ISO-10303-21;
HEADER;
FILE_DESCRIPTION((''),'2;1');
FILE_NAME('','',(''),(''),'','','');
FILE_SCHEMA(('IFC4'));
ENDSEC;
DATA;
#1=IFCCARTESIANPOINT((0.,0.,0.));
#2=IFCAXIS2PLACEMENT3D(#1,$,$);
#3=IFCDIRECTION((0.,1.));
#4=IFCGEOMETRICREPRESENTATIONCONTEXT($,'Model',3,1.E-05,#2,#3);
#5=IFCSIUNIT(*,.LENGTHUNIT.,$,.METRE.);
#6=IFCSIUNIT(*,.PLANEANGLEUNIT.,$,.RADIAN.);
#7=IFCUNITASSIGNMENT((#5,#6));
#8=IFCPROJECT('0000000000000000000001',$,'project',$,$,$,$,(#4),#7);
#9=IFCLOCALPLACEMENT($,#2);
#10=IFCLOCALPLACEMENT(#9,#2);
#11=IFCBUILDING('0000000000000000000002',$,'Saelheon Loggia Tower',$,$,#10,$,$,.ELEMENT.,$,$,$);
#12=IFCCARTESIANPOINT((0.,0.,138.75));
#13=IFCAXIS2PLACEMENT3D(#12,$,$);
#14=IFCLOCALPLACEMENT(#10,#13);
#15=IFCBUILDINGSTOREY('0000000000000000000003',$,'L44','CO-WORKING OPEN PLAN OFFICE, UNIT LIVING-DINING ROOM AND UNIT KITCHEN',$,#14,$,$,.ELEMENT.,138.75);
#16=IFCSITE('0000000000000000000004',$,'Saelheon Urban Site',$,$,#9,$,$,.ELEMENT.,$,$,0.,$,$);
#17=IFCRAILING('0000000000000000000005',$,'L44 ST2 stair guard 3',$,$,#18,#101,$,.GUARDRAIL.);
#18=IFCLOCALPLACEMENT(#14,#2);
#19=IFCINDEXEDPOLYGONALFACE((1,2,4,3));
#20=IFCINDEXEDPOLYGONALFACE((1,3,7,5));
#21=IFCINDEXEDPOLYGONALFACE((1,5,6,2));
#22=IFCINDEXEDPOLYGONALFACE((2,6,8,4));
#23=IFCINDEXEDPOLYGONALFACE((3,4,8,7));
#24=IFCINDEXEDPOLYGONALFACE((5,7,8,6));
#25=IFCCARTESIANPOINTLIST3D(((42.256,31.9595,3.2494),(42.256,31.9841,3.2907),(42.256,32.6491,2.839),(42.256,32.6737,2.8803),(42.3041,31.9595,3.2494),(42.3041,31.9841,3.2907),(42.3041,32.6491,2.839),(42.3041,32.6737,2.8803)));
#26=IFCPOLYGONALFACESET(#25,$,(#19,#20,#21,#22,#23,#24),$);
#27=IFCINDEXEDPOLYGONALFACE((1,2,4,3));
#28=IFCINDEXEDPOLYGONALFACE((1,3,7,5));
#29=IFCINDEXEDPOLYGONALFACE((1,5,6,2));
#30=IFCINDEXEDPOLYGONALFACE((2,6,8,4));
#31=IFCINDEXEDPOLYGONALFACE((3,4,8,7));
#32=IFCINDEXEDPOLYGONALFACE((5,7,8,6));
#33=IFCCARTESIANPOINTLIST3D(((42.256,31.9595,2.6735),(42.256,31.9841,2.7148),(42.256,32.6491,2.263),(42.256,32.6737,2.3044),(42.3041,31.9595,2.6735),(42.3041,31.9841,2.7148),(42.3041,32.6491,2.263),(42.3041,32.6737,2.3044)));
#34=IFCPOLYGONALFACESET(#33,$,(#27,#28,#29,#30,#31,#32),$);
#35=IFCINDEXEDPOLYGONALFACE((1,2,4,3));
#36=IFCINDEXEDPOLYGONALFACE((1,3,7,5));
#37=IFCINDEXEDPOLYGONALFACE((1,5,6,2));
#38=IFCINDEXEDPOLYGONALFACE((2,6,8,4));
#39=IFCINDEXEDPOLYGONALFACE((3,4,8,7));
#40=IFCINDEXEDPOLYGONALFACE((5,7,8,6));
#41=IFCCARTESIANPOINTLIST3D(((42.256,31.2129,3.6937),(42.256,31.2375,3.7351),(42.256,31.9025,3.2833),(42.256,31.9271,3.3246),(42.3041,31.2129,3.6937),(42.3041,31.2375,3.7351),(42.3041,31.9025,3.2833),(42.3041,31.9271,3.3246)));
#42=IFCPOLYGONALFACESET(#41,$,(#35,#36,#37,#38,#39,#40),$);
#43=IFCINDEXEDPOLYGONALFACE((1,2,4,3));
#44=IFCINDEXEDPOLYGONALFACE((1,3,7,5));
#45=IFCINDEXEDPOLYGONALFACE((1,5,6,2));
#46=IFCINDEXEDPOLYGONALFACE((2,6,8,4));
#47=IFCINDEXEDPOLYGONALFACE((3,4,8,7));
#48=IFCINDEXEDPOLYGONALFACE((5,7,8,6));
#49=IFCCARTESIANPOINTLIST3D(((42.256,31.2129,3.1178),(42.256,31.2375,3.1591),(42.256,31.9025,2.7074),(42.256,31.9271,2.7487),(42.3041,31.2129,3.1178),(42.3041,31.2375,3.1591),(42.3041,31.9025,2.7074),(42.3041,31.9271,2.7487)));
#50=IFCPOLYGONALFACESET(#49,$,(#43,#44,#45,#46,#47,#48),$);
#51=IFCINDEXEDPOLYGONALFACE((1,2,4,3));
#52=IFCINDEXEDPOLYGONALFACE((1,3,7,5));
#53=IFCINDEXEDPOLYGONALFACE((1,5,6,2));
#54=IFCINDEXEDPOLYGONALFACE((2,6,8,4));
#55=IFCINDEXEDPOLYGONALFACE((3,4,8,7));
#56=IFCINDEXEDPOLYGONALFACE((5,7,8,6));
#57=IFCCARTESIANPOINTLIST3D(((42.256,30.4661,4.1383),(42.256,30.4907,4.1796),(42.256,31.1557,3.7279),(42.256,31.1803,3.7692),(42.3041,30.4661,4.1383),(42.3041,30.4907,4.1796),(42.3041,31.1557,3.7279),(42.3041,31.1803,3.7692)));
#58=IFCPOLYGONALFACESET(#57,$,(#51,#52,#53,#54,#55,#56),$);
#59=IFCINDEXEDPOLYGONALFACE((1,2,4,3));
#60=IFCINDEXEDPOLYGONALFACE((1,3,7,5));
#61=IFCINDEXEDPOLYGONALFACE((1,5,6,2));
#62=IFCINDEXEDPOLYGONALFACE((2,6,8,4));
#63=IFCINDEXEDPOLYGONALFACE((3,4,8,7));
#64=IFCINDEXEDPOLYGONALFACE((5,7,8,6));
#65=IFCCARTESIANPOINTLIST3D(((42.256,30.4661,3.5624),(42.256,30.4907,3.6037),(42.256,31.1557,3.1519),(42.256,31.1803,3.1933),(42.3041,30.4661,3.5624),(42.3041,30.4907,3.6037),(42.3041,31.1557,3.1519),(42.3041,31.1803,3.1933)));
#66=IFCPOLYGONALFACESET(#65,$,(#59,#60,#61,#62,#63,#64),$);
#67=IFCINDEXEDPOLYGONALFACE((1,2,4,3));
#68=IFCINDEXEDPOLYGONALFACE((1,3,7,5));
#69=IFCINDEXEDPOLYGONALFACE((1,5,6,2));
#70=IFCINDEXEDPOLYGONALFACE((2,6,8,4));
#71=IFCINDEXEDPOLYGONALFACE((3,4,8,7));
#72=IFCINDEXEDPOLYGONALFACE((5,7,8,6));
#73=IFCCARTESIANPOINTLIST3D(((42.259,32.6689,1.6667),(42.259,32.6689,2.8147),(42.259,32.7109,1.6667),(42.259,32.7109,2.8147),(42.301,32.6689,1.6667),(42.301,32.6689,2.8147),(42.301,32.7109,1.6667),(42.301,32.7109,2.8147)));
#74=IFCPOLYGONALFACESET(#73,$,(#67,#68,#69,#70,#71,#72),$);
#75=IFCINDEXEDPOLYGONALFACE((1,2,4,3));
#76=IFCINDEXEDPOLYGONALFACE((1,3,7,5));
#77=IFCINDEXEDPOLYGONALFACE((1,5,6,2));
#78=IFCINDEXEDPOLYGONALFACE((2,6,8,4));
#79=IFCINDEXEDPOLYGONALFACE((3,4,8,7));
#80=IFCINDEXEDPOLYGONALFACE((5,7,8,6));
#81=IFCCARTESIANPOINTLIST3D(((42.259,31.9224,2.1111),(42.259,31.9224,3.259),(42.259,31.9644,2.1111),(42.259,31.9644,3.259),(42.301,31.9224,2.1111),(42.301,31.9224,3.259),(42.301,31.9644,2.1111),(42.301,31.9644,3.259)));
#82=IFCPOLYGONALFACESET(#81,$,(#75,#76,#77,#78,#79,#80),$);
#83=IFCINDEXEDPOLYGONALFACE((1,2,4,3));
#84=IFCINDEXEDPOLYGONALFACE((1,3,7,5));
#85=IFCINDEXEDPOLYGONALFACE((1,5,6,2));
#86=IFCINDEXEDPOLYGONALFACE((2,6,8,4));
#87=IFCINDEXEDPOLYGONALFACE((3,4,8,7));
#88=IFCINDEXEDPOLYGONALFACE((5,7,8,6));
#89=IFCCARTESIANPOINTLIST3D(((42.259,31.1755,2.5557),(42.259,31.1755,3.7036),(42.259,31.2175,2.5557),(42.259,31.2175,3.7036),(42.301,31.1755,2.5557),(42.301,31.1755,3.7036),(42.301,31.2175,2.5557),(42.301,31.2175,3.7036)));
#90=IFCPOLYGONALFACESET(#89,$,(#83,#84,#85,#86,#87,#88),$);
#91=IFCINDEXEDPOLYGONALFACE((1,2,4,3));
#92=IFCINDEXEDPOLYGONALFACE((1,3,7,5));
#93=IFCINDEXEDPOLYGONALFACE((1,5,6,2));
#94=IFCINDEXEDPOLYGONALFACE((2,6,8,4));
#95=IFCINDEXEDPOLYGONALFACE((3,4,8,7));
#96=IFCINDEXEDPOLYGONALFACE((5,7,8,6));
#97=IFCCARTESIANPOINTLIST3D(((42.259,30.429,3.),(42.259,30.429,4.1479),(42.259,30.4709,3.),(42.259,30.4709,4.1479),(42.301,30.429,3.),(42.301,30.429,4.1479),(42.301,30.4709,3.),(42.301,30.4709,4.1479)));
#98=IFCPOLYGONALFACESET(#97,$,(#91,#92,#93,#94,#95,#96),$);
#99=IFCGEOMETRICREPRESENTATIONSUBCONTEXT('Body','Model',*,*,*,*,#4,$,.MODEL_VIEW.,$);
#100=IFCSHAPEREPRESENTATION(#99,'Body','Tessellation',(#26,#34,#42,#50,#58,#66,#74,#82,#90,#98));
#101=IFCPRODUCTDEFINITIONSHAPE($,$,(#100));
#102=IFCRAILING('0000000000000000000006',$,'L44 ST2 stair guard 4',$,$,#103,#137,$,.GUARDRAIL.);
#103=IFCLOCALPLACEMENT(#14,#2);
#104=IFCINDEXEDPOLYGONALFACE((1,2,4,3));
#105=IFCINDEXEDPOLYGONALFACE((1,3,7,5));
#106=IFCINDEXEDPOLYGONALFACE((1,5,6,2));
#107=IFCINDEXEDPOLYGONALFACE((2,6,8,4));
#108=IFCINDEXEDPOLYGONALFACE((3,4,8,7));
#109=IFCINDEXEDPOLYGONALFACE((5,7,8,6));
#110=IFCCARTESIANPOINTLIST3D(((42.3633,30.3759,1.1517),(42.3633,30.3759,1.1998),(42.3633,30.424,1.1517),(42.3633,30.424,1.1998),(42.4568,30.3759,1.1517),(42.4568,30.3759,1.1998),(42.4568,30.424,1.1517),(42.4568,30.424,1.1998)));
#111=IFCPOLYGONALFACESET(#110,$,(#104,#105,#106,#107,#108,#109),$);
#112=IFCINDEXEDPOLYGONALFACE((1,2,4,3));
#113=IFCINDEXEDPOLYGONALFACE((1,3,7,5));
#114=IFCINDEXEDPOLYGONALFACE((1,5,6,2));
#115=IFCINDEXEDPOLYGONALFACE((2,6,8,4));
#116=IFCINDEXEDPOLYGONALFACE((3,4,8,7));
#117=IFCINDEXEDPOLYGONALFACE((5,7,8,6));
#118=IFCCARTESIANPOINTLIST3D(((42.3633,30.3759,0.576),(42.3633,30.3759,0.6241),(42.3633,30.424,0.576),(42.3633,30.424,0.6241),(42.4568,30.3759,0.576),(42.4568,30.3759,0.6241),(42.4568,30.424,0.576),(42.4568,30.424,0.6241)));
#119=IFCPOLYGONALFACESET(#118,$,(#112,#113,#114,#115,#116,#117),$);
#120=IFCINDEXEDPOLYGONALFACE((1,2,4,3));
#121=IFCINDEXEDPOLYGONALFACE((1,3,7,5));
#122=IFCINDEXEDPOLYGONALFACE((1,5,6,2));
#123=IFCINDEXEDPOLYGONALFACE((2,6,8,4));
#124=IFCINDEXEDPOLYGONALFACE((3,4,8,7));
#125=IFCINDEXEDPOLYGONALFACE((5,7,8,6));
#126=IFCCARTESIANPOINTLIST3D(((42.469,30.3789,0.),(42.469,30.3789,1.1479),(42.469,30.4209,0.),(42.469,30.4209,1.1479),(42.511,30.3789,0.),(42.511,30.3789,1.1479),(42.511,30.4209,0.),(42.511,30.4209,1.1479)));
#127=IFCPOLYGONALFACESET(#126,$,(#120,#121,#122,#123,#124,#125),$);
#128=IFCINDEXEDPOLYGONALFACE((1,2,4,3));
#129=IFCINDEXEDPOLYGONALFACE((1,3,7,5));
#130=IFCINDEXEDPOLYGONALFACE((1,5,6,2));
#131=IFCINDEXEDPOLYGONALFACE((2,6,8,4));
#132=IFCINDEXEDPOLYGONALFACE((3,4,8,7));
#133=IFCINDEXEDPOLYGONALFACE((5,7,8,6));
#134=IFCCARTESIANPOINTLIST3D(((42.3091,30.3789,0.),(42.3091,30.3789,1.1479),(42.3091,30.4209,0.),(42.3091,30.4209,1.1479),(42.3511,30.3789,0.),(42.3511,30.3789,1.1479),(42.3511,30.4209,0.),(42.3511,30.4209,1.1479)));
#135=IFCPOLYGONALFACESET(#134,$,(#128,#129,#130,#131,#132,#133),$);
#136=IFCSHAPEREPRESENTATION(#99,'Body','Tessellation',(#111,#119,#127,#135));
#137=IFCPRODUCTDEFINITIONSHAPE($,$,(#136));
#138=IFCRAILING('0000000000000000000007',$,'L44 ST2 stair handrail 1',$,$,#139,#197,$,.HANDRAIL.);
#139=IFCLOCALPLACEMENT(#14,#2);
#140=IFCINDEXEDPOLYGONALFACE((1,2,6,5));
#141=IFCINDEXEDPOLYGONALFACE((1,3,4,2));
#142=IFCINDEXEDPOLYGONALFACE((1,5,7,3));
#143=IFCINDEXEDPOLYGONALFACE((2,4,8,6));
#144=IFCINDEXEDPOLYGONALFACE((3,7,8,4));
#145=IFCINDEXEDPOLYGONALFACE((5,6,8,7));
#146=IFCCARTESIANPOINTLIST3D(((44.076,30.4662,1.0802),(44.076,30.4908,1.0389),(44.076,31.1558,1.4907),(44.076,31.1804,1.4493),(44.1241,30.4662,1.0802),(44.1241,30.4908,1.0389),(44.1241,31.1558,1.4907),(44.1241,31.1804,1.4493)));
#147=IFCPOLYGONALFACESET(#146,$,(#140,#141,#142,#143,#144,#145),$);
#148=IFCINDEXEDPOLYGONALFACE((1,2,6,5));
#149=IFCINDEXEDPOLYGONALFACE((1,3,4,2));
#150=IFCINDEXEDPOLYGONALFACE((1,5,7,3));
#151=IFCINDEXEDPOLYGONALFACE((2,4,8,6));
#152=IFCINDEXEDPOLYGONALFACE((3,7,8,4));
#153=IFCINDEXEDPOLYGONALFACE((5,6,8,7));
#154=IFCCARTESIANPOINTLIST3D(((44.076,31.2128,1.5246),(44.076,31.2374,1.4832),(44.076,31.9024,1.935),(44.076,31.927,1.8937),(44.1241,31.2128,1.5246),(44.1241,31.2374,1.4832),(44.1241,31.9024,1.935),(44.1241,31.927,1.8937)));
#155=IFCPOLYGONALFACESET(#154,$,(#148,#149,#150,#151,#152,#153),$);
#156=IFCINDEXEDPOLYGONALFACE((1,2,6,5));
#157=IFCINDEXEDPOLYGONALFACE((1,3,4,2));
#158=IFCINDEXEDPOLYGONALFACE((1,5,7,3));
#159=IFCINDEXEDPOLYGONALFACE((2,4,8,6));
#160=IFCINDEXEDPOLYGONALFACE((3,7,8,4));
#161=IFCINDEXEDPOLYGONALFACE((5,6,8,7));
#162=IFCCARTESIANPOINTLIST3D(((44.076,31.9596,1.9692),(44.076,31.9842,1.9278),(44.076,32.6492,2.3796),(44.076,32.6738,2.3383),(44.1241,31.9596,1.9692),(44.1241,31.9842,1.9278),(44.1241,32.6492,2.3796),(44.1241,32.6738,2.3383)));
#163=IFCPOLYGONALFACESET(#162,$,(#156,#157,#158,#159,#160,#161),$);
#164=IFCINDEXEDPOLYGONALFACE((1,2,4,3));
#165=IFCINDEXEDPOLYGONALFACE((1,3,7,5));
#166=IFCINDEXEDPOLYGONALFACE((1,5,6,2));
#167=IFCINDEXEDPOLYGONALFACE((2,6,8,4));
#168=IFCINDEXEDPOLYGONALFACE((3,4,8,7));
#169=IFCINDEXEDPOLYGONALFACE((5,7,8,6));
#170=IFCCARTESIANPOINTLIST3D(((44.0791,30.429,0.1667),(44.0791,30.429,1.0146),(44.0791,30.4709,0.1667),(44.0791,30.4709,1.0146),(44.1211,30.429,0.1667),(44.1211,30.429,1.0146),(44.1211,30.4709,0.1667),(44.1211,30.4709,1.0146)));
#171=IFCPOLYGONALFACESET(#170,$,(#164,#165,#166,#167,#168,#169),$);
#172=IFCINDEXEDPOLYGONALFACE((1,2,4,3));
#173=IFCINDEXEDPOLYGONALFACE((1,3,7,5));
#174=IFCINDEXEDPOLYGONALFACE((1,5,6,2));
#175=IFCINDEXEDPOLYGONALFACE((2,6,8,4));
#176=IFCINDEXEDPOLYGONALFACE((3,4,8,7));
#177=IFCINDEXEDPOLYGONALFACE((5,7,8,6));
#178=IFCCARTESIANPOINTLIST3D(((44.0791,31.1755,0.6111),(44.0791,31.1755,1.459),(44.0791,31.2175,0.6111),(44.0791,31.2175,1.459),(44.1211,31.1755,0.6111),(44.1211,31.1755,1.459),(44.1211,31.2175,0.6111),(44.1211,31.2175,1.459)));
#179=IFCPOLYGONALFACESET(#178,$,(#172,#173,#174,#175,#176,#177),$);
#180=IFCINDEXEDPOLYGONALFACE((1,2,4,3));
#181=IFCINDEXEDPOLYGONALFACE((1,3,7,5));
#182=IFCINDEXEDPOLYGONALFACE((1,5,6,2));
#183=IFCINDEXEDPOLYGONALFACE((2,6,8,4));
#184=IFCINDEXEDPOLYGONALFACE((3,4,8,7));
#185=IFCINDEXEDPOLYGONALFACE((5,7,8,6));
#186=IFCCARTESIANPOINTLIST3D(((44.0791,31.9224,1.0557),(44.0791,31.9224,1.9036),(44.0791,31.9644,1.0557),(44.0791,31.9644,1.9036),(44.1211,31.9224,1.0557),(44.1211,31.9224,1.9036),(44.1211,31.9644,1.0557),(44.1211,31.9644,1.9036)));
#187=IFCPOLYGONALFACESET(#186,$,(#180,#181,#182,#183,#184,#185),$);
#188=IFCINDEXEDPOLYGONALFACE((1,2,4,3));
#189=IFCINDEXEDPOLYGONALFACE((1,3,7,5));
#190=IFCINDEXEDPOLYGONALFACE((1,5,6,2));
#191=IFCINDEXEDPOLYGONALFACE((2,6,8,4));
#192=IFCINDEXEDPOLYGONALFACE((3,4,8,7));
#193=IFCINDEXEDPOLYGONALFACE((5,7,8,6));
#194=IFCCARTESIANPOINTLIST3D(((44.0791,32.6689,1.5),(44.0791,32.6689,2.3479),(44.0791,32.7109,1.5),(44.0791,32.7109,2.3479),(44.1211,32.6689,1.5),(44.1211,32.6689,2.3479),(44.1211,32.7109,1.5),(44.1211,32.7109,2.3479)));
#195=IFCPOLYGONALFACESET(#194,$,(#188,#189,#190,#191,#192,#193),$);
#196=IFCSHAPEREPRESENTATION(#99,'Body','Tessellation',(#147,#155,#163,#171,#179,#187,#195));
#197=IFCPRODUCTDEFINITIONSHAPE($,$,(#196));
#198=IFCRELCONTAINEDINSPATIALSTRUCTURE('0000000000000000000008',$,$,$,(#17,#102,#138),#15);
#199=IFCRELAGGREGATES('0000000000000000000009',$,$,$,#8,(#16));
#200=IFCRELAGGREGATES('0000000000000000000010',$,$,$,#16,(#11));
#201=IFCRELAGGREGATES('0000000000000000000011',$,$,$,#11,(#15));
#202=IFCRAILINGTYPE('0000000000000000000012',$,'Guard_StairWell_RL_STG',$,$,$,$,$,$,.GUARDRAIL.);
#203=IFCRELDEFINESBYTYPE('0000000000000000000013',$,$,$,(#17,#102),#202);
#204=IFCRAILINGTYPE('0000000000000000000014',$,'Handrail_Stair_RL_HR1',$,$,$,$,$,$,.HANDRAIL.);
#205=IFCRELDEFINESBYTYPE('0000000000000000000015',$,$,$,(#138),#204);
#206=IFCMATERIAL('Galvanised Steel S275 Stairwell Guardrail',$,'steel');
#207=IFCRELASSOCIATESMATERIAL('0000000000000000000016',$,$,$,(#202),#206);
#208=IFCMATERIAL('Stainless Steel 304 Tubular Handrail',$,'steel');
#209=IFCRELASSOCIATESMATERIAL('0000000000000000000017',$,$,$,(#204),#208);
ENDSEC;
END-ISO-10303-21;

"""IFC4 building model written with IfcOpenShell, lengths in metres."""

from ifc_helpers import new_model, si_unit, direction, frame, origin, origin_2d, place, context, subcontext, project, spatial, rectangle, extrude, material, type_object, element, save


model = new_model("IFC4")

# Units and contexts
model_context = context("Model", 3, precision=1e-05, world=origin(), true_north=direction((0.0, 1.0)))
body_context = subcontext(model_context, "Body", "Model", "MODEL_VIEW")
ifc_project = project(units=[si_unit("LENGTHUNIT", "METRE"), si_unit("PLANEANGLEUNIT", "RADIAN")], contexts=[model_context])

# Site, building, storey
site_placement = place(None, origin())
site = spatial("IfcSite", under=ifc_project, at=site_placement, Name="Saelheon Urban Site", CompositionType="ELEMENT", RefElevation=0.0)
building_placement = place(site_placement, origin())
building = spatial("IfcBuilding", under=site, at=building_placement, Name="Saelheon Loggia Tower", CompositionType="ELEMENT")
storey_placement = place(building_placement, frame((0.0, 0.0, 138.75)))
storey = spatial("IfcBuildingStorey", under=building, at=storey_placement, Name="L44", Description="CO-WORKING OPEN PLAN OFFICE, UNIT LIVING-DINING ROOM AND UNIT KITCHEN", CompositionType="ELEMENT", Elevation=138.75)

# Railings
ifc_material_1 = material(Name="Galvanised Steel S275 Stairwell Guardrail", Category="steel")
railing_type_1 = type_object("IfcRailingType", Name="Guard_StairWell_RL_STG", PredefinedType="GUARDRAIL", material=ifc_material_1)
railing_1_placement = place(storey_placement, frame((42.28, 32.6899, 1.6667)))
element("IfcRailing", 1, at=railing_1_placement, inside=storey, type_object=railing_type_1, Name="L44 ST2 stair guard 3", PredefinedType="GUARDRAIL", context=body_context, shape_type="SweptSolid", body=[
    extrude(rectangle(XDim=0.0481, YDim=0.0481, at=origin_2d()), frame((0.0, -0.0286, 1.1929), z_axis=(0.0, -0.859306, 0.511462), x_axis=(1.0, 0.0, 0.0)), (0.0, 0.0, 1.0), 0.8025),
    extrude(rectangle(XDim=0.0481, YDim=0.0481, at=origin_2d()), frame((0.0, -0.0286, 0.6169), z_axis=(0.0, -0.859306, 0.511462), x_axis=(1.0, 0.0, 0.0)), (0.0, 0.0, 1.0), 0.8025),
    extrude(rectangle(XDim=0.0481, YDim=0.0481, at=origin_2d()), frame((0.0, -0.7751, 1.6372), z_axis=(0.0, -0.859306, 0.511462), x_axis=(1.0, 0.0, 0.0)), (0.0, 0.0, 1.0), 0.8025),
    extrude(rectangle(XDim=0.0481, YDim=0.0481, at=origin_2d()), frame((0.0, -0.7751, 1.0613), z_axis=(0.0, -0.859306, 0.511462), x_axis=(1.0, 0.0, 0.0)), (0.0, 0.0, 1.0), 0.8025),
    extrude(rectangle(XDim=0.0481, YDim=0.0481, at=origin_2d()), frame((0.0, -1.522, 2.0818), z_axis=(0.0, -0.859306, 0.511462), x_axis=(1.0, 0.0, 0.0)), (0.0, 0.0, 1.0), 0.8025),
    extrude(rectangle(XDim=0.0481, YDim=0.0481, at=origin_2d()), frame((0.0, -1.522, 1.5059), z_axis=(0.0, -0.859306, 0.511462), x_axis=(1.0, 0.0, 0.0)), (0.0, 0.0, 1.0), 0.8025),
    extrude(rectangle(XDim=0.042, YDim=0.042, at=origin_2d()), origin(), (0.0, 0.0, 1.0), 1.1479),
    extrude(rectangle(XDim=0.042, YDim=0.042, at=origin_2d()), frame((0.0, -0.7466, 0.4443)), (0.0, 0.0, 1.0), 1.1479),
    extrude(rectangle(XDim=0.042, YDim=0.042, at=origin_2d()), frame((0.0, -1.4934, 0.8889)), (0.0, 0.0, 1.0), 1.1479),
    extrude(rectangle(XDim=0.042, YDim=0.042, at=origin_2d()), frame((0.0, -2.24, 1.3333)), (0.0, 0.0, 1.0), 1.1479),
])
railing_2_placement = place(storey_placement, frame((42.49, 30.3999, 0.0)))
element("IfcRailing", 2, at=railing_2_placement, inside=storey, type_object=railing_type_1, Name="L44 ST2 stair guard 4", PredefinedType="GUARDRAIL", context=body_context, shape_type="SweptSolid", body=[
    extrude(rectangle(XDim=0.0481, YDim=0.0481, at=origin_2d()), frame((-0.0332, 0.0, 1.1758), z_axis=(-1.0, 0.0, 0.0), x_axis=(0.0, -1.0, 0.0)), (0.0, 0.0, 1.0), 0.0935),
    extrude(rectangle(XDim=0.0481, YDim=0.0481, at=origin_2d()), frame((-0.0332, 0.0, 0.6001), z_axis=(-1.0, 0.0, 0.0), x_axis=(0.0, -1.0, 0.0)), (0.0, 0.0, 1.0), 0.0935),
    extrude(rectangle(XDim=0.042, YDim=0.042, at=origin_2d()), origin(), (0.0, 0.0, 1.0), 1.1479),
    extrude(rectangle(XDim=0.042, YDim=0.042, at=origin_2d()), frame((-0.1599, 0.0, 0.0)), (0.0, 0.0, 1.0), 1.1479),
])
ifc_material_2 = material(Name="Stainless Steel 304 Tubular Handrail", Category="steel")
railing_type_2 = type_object("IfcRailingType", Name="Handrail_Stair_RL_HR1", PredefinedType="HANDRAIL", material=ifc_material_2)
railing_3_placement = place(storey_placement, frame((44.1001, 30.45, 0.1667)))
element("IfcRailing", 3, at=railing_3_placement, inside=storey, type_object=railing_type_2, Name="L44 ST2 stair handrail 1", PredefinedType="HANDRAIL", context=body_context, shape_type="SweptSolid", body=[
    extrude(rectangle(XDim=0.0481, YDim=0.0481, at=origin_2d()), frame((0.0, 0.0286, 0.8928), z_axis=(0.0, 0.859306, 0.511462), x_axis=(-1.0, 0.0, 0.0)), (0.0, 0.0, 1.0), 0.8025),
    extrude(rectangle(XDim=0.0481, YDim=0.0481, at=origin_2d()), frame((0.0, 0.7751, 1.3372), z_axis=(0.0, 0.859306, 0.511462), x_axis=(-1.0, 0.0, 0.0)), (0.0, 0.0, 1.0), 0.8025),
    extrude(rectangle(XDim=0.0481, YDim=0.0481, at=origin_2d()), frame((0.0, 1.522, 1.7817), z_axis=(0.0, 0.859306, 0.511462), x_axis=(-1.0, 0.0, 0.0)), (0.0, 0.0, 1.0), 0.8025),
    extrude(rectangle(XDim=0.042, YDim=0.042, at=origin_2d()), origin(), (0.0, 0.0, 1.0), 0.8479),
    extrude(rectangle(XDim=0.042, YDim=0.042, at=origin_2d()), frame((0.0, 0.7466, 0.4443)), (0.0, 0.0, 1.0), 0.8479),
    extrude(rectangle(XDim=0.042, YDim=0.042, at=origin_2d()), frame((0.0, 1.4934, 0.8889)), (0.0, 0.0, 1.0), 0.8479),
    extrude(rectangle(XDim=0.042, YDim=0.042, at=origin_2d()), frame((0.0, 2.24, 1.3333)), (0.0, 0.0, 1.0), 0.8479),
])

save(model, "model.ifc")
